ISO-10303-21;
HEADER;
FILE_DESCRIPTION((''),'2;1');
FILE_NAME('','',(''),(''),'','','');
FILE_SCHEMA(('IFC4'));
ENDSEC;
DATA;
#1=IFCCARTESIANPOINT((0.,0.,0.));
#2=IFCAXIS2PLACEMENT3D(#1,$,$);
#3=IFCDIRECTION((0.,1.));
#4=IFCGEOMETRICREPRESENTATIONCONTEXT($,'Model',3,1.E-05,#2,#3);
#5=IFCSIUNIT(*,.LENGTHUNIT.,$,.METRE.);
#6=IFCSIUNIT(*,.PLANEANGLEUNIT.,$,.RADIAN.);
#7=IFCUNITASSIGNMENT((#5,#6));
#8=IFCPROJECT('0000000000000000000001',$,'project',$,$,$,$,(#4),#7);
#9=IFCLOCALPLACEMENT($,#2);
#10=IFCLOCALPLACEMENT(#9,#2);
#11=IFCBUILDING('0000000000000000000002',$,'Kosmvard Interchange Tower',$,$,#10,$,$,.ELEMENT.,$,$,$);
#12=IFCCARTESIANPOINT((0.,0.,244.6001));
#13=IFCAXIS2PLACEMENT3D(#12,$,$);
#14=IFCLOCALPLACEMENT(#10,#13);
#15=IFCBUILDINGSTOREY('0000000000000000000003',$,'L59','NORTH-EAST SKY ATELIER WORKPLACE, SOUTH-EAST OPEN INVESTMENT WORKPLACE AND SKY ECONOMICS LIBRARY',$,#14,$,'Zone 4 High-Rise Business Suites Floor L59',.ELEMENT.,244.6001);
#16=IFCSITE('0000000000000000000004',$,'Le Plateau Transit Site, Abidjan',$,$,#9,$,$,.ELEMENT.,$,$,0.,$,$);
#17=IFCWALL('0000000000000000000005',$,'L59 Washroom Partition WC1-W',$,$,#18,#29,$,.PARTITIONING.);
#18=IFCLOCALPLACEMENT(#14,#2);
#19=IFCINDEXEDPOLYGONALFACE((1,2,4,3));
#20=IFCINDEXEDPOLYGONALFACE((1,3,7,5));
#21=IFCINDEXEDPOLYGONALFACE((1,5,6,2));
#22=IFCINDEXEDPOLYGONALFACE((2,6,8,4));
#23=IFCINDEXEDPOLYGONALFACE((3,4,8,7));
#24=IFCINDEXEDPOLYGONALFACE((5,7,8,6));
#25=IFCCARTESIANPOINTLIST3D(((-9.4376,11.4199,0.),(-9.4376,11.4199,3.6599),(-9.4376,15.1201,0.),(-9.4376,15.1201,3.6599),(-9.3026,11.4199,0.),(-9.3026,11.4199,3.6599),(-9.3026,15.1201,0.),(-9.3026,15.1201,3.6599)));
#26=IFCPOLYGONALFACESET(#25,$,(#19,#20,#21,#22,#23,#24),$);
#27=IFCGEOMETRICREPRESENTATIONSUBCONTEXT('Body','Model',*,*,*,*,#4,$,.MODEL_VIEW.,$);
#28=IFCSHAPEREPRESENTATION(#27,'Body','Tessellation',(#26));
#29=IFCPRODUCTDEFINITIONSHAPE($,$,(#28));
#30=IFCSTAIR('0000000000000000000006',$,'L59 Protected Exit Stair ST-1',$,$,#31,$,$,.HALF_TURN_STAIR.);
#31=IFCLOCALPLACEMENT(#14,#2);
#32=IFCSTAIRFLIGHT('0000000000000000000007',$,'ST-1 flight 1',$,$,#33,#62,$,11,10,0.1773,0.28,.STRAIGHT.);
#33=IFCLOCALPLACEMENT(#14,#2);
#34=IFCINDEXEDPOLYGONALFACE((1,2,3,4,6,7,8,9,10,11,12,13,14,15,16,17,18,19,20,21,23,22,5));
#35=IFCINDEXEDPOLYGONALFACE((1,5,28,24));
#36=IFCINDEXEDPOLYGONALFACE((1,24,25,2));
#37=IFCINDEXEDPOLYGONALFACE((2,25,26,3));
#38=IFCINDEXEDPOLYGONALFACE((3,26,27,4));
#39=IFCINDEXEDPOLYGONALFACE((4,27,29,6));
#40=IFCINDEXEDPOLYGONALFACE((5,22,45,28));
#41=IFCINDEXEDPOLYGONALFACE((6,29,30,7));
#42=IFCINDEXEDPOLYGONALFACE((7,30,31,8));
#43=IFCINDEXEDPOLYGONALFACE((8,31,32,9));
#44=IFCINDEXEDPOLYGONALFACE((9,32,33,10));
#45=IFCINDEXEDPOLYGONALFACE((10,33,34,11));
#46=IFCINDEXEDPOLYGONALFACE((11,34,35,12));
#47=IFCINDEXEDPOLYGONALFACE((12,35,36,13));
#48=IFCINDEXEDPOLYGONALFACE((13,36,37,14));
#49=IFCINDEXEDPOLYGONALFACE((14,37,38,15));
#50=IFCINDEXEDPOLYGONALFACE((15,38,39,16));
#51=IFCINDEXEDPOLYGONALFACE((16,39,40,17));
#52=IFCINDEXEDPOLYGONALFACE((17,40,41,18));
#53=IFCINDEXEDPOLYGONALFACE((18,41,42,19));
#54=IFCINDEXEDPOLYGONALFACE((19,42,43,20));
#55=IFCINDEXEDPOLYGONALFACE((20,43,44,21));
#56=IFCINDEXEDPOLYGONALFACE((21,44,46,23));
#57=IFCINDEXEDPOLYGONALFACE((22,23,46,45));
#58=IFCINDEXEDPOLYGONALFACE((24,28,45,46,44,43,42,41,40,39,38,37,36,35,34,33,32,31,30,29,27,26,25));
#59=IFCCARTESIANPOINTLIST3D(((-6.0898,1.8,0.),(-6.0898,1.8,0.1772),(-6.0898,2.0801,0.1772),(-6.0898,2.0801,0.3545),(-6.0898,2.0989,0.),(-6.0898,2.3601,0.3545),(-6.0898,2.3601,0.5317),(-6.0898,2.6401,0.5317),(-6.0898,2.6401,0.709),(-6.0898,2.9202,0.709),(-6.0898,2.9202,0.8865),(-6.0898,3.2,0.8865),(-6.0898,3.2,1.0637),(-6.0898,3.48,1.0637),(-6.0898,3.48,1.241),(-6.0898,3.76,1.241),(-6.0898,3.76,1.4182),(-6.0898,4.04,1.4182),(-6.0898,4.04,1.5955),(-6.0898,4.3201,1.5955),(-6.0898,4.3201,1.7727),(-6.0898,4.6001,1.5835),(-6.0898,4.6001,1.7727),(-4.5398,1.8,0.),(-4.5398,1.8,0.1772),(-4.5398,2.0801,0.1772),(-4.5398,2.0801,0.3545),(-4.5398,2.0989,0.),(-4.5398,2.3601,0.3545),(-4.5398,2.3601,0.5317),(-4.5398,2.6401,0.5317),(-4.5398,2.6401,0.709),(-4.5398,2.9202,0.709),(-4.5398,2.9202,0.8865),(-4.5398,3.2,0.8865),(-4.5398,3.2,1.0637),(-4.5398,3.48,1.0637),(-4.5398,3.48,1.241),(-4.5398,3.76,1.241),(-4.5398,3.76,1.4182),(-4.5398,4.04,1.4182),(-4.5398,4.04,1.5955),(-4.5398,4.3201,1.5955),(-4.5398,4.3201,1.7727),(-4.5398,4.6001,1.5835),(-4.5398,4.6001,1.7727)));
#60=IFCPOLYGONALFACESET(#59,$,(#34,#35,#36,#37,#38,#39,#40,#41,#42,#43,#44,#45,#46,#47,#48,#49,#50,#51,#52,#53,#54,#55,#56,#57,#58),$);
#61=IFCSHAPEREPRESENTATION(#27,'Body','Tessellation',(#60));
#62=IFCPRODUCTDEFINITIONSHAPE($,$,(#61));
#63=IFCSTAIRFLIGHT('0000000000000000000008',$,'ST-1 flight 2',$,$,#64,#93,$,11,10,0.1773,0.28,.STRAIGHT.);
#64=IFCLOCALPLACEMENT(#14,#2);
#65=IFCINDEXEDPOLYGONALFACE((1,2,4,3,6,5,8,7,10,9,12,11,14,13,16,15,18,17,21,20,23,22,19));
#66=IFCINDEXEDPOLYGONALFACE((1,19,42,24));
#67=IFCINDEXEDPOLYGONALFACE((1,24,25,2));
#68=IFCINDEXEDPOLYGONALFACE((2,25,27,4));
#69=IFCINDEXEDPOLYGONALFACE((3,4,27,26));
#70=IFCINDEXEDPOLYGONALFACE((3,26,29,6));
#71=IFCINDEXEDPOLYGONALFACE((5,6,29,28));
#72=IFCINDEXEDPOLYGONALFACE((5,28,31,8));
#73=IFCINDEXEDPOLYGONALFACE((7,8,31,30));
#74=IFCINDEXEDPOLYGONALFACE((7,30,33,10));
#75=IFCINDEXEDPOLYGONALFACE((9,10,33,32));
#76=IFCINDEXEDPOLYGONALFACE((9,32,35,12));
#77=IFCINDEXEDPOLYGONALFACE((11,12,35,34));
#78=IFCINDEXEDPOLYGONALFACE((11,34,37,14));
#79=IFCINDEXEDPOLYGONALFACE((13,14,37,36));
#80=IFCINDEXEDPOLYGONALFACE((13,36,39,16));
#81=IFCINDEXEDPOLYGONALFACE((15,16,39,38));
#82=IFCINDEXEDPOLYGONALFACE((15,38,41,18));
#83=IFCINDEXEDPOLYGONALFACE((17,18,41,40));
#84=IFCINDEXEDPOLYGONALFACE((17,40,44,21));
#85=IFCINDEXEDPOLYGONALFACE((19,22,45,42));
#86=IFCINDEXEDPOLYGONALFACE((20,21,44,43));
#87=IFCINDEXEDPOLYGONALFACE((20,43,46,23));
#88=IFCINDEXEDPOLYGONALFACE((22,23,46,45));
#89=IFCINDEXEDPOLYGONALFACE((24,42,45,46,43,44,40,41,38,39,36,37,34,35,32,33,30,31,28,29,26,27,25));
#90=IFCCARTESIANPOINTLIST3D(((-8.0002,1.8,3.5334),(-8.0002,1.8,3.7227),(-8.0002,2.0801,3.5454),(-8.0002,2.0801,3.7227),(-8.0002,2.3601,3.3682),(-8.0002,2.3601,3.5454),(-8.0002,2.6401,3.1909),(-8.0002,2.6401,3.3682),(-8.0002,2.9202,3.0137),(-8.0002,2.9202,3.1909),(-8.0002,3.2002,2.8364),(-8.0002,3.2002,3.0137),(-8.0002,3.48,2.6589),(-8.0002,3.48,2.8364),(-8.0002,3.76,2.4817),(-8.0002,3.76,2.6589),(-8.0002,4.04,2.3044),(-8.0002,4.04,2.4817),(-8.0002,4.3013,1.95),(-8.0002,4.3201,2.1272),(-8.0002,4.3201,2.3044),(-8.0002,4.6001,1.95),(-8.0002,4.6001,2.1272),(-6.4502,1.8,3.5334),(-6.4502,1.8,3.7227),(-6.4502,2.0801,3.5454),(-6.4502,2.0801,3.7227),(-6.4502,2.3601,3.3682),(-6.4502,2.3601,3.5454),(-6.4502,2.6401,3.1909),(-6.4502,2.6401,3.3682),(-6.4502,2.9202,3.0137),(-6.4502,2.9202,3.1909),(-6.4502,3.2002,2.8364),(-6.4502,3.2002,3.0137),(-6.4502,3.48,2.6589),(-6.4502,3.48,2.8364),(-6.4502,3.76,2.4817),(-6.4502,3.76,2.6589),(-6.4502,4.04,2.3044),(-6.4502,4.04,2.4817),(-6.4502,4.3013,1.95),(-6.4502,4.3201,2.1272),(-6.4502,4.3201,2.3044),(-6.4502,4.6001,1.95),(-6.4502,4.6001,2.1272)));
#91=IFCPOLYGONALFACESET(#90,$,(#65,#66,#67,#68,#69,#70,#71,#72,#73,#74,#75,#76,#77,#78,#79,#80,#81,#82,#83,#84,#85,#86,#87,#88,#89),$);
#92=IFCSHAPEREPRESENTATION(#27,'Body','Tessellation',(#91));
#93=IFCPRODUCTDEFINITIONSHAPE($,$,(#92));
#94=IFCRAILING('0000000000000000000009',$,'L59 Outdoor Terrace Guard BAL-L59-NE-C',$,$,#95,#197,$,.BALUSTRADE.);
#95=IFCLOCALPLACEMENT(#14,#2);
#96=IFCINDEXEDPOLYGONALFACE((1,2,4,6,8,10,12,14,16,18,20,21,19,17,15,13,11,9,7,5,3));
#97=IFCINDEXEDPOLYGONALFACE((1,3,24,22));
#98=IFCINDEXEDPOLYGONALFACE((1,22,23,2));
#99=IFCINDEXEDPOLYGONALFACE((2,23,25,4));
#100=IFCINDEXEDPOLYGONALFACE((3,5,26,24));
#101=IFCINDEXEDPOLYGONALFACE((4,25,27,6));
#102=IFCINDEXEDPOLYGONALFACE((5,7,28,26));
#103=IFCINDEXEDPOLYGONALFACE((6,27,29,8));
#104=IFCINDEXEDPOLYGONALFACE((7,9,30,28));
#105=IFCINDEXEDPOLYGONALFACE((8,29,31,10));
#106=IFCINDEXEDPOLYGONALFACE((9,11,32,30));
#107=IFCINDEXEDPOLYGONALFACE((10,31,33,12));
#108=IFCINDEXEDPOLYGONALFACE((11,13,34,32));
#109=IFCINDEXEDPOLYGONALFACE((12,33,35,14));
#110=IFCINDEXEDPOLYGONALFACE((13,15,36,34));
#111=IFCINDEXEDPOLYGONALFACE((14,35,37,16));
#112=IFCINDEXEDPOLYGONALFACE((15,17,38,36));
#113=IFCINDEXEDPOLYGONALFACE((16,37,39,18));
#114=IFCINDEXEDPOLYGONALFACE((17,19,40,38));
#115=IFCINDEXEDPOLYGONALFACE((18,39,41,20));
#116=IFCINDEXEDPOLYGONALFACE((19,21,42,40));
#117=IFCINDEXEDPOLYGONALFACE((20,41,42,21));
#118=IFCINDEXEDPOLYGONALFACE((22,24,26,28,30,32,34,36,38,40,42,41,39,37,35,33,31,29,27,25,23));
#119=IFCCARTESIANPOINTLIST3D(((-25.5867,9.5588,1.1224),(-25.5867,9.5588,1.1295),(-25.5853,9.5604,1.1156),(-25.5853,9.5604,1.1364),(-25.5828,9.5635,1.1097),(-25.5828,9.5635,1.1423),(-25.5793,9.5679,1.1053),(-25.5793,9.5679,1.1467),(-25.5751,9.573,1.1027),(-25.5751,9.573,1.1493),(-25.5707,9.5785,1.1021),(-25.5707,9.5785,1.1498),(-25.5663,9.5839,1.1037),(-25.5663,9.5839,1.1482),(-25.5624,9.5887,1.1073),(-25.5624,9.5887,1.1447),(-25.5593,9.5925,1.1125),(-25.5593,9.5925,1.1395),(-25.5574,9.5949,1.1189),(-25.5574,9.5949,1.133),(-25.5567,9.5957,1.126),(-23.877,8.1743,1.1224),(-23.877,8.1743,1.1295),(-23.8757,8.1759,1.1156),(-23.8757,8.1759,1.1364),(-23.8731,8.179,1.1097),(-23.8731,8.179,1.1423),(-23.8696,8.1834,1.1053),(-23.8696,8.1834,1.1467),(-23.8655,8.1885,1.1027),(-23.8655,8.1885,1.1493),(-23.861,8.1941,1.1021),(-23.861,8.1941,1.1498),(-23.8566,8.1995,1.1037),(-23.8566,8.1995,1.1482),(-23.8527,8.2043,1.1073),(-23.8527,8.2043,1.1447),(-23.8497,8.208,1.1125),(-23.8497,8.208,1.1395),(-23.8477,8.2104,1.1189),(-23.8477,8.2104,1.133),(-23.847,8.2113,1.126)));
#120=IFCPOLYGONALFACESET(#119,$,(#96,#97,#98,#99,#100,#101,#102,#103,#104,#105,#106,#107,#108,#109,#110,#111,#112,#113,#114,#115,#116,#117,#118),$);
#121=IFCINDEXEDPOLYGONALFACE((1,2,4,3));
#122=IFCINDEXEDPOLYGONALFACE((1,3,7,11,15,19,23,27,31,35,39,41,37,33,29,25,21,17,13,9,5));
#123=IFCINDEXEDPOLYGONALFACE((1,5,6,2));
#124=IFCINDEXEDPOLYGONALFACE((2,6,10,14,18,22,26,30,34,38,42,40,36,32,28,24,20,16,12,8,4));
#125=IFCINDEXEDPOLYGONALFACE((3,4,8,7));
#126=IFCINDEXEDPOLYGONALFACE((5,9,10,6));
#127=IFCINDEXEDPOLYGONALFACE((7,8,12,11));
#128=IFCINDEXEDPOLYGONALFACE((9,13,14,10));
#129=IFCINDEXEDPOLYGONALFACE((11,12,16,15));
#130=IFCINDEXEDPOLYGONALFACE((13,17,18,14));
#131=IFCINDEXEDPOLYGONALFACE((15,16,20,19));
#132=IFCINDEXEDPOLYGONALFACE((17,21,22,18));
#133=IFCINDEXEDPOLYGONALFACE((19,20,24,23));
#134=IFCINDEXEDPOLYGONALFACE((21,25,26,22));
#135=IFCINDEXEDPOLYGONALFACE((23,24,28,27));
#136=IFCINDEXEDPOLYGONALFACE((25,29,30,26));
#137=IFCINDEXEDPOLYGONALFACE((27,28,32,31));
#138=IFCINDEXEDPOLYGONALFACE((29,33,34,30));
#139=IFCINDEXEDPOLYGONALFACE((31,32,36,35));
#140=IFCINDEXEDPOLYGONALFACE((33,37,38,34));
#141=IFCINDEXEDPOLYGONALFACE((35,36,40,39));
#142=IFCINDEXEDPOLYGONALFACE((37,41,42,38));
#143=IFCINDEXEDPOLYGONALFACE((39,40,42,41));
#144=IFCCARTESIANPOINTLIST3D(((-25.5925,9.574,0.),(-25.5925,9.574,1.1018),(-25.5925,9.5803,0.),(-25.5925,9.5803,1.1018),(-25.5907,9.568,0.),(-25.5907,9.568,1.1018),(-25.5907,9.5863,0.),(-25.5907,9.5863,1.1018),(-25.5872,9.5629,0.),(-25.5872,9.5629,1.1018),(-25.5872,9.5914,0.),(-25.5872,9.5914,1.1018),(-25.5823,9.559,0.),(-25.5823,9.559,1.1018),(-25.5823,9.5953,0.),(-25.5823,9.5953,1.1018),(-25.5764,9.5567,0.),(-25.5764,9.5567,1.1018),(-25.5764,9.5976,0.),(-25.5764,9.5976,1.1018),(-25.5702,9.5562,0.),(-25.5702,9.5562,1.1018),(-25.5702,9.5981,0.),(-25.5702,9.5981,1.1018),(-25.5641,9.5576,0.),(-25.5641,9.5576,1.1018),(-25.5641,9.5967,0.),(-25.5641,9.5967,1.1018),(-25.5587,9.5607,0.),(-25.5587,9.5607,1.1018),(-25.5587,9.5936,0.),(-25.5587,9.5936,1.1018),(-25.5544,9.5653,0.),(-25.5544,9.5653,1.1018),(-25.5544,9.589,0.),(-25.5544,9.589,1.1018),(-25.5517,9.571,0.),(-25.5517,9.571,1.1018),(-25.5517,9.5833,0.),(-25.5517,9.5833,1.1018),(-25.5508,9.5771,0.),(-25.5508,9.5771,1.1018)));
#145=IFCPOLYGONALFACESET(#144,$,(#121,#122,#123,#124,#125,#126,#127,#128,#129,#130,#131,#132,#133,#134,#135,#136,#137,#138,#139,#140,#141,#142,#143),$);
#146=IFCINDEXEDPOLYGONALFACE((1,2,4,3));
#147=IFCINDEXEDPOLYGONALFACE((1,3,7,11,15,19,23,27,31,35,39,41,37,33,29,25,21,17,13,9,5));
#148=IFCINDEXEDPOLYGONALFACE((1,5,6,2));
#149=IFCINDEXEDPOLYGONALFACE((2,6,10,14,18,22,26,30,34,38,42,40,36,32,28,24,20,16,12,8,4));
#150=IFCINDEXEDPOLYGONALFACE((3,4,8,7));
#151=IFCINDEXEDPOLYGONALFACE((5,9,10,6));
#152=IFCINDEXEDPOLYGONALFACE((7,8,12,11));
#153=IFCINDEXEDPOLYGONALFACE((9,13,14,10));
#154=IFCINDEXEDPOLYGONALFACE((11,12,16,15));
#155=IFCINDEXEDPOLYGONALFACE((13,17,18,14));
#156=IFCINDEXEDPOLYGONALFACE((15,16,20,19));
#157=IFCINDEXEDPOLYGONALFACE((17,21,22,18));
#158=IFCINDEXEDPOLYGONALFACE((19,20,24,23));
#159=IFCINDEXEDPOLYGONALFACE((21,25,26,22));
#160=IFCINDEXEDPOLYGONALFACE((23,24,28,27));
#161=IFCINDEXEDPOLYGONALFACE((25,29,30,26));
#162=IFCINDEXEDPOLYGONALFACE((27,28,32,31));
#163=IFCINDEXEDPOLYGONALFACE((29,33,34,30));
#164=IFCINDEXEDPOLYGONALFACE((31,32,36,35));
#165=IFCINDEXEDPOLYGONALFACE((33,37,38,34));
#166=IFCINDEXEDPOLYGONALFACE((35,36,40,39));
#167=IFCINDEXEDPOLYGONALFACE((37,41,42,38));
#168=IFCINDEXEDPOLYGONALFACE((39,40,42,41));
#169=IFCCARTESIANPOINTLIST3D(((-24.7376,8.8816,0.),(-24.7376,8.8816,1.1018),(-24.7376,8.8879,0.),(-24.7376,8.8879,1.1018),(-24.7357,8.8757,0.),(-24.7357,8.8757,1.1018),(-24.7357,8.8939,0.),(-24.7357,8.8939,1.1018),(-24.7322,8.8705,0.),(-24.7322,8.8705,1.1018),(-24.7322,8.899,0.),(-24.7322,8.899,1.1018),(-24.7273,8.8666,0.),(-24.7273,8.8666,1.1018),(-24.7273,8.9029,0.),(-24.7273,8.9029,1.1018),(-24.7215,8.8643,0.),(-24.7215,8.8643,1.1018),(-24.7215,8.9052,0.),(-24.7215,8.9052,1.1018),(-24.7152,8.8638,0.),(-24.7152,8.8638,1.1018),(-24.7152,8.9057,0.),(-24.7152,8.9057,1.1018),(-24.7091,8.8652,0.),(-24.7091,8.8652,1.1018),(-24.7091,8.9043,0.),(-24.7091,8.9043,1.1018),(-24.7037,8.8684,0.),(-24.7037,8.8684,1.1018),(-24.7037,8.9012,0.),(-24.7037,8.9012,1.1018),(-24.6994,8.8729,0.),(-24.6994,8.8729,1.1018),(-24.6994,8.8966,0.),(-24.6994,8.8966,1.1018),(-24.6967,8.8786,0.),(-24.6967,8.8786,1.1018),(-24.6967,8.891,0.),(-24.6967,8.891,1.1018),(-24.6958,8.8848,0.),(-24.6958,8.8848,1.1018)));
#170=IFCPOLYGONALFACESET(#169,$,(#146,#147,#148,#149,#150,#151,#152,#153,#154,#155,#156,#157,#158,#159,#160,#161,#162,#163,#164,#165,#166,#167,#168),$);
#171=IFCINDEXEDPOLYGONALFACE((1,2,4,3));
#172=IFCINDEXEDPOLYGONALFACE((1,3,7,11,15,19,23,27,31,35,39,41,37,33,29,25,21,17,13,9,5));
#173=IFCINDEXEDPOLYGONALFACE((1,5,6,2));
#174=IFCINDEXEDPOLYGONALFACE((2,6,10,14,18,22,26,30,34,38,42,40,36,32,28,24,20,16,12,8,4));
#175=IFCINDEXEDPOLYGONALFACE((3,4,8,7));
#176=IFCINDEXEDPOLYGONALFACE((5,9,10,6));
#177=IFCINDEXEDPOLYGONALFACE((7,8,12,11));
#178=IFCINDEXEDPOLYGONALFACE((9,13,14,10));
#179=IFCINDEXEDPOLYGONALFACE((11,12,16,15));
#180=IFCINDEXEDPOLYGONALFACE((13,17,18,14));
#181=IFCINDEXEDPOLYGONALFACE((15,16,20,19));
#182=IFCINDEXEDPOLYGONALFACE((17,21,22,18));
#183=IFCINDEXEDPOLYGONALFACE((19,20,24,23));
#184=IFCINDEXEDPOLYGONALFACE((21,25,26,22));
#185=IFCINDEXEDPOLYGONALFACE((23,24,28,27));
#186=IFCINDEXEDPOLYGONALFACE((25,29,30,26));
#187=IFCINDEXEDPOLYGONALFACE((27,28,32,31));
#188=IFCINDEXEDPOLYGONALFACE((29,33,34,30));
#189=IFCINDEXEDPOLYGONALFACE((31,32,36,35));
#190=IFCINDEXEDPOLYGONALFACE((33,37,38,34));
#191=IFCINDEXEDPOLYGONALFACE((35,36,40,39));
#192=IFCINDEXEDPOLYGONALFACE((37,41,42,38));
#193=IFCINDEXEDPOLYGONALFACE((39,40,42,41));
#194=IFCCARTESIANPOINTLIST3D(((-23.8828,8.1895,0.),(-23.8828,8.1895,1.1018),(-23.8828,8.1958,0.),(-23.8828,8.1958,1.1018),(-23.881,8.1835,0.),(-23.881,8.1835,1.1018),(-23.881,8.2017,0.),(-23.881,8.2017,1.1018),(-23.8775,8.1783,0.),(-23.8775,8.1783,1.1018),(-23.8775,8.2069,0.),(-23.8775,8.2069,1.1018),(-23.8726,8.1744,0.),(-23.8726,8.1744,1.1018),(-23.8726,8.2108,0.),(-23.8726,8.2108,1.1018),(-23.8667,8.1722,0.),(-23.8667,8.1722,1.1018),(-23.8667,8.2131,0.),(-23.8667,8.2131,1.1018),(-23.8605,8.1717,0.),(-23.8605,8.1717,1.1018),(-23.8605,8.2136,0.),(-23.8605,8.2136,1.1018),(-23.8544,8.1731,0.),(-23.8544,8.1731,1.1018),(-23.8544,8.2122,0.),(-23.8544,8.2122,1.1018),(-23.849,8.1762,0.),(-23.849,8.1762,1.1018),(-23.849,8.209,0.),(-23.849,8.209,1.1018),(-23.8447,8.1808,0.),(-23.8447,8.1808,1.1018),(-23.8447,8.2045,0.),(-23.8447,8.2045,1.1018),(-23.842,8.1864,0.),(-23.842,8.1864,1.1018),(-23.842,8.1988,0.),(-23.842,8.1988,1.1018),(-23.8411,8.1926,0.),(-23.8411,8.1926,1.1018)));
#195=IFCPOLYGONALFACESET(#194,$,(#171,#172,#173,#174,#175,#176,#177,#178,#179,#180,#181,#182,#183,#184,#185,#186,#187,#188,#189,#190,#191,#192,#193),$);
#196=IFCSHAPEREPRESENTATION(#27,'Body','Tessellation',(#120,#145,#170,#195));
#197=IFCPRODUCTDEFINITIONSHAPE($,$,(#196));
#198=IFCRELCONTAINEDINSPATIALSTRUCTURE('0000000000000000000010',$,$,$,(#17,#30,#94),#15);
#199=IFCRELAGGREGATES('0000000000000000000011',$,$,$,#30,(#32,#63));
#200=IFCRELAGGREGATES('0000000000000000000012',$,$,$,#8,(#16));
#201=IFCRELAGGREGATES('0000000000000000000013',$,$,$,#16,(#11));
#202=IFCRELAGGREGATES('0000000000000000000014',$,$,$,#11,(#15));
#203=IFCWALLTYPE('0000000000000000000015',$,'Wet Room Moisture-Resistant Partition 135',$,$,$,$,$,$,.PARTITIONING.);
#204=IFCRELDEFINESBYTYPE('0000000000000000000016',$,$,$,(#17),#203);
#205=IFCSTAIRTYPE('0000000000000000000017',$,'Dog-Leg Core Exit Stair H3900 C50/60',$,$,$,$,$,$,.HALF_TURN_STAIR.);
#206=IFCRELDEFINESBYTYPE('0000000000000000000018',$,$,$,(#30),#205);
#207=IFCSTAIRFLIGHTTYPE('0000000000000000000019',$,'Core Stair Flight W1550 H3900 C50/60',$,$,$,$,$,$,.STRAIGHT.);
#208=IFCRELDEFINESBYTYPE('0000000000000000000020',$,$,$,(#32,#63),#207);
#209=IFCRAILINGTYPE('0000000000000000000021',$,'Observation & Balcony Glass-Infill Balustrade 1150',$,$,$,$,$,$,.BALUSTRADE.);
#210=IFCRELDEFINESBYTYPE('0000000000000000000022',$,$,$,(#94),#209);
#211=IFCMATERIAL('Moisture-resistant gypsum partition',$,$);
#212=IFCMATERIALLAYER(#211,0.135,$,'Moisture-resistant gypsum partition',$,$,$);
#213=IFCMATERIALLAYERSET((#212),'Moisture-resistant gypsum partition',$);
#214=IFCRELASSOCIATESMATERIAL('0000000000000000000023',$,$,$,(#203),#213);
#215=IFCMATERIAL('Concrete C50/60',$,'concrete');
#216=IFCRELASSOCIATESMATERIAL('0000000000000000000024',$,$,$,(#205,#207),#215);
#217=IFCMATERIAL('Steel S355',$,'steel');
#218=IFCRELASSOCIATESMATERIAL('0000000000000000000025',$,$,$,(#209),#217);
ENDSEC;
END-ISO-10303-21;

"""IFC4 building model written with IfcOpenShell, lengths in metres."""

from ifc_helpers import new_model, si_unit, direction, frame, frame_2d, origin, origin_2d, place, context, subcontext, project, spatial, polyline, rectangle, circle, outline, extrude, source, transform, mapped, material, layer, layer_set, type_object, element, aggregate, save


model = new_model("IFC4")

# Units and contexts
model_context = context("Model", 3, precision=1e-05, world=origin(), true_north=direction((0.0, 1.0)))
body_context = subcontext(model_context, "Body", "Model", "MODEL_VIEW")
ifc_project = project(units=[si_unit("LENGTHUNIT", "METRE"), si_unit("PLANEANGLEUNIT", "RADIAN")], contexts=[model_context])

# Site, building, storey
site_placement = place(None, origin())
site = spatial("IfcSite", under=ifc_project, at=site_placement, Name="Le Plateau Transit Site, Abidjan", CompositionType="ELEMENT", RefElevation=0.0)
building_placement = place(site_placement, origin())
building = spatial("IfcBuilding", under=site, at=building_placement, Name="Kosmvard Interchange Tower", CompositionType="ELEMENT")
storey_placement = place(building_placement, frame((0.0, 0.0, 244.6001)))
storey = spatial("IfcBuildingStorey", under=building, at=storey_placement, Name="L59", Description="NORTH-EAST SKY ATELIER WORKPLACE, SOUTH-EAST OPEN INVESTMENT WORKPLACE AND SKY ECONOMICS LIBRARY", LongName="Zone 4 High-Rise Business Suites Floor L59", CompositionType="ELEMENT", Elevation=244.6001)

# Shared definitions
ifc_material_1 = material(Name="Steel S355", Category="steel")

# Wall
ifc_material_2 = material(Name="Moisture-resistant gypsum partition")
ifc_layer_1 = layer(ifc_material_2, 0.135, Name="Moisture-resistant gypsum partition")
ifc_layer_set_1 = layer_set([ifc_layer_1], Name="Moisture-resistant gypsum partition")
wall_type_1 = type_object("IfcWallType", Name="Wet Room Moisture-Resistant Partition 135", PredefinedType="PARTITIONING", material=ifc_layer_set_1)
for number, where, z_axis, x_axis, name in (
    (1, (-9.3701, 11.4199, 0.0), (0.0, 0.0, 1.0), (0.0, 1.0, 0.0), "L59 Washroom Partition WC1-W"),
):
    element("IfcWall", number, at=place(storey_placement, frame(where, z_axis=z_axis, x_axis=x_axis)), inside=storey, type_object=wall_type_1, Name=name, PredefinedType="PARTITIONING", context=body_context, shape_type="SweptSolid", body=[
        extrude(rectangle(XDim=3.7002, YDim=0.135, at=frame_2d((1.8501, 0.0))), origin(), (0.0, 0.0, 1.0), 3.6599),
    ])

# Stair, stair flights
ifc_material_3 = material(Name="Concrete C50/60", Category="concrete")
stair_type = type_object("IfcStairType", Name="Dog-Leg Core Exit Stair H3900 C50/60", PredefinedType="HALF_TURN_STAIR", material=ifc_material_3)
stair_placement = place(storey_placement, origin())
stair = element("IfcStair", 2, at=stair_placement, inside=storey, type_object=stair_type, Name="L59 Protected Exit Stair ST-1", PredefinedType="HALF_TURN_STAIR")
stair_flight_type = type_object("IfcStairFlightType", Name="Core Stair Flight W1550 H3900 C50/60", PredefinedType="STRAIGHT", material=ifc_material_3)
shared_shape_1 = source(origin(), body_context, "Body", "SweptSolid", [
    extrude(outline(polyline([(0.0, 0.0), (0.0, 0.1772), (0.28, 0.1772), (0.28, 0.3545), (0.5601, 0.3545), (0.5601, 0.5317), (0.8401, 0.5317), (0.8401, 0.709), (1.1201, 0.709), (1.1201, 0.8865), (1.3999, 0.8865), (1.3999, 1.0637), (1.6799, 1.0637), (1.6799, 1.241), (1.96, 1.241), (1.96, 1.4182), (2.24, 1.4182), (2.24, 1.5955), (2.52, 1.5955), (2.52, 1.7727), (2.8, 1.7727), (2.8, 1.95), (2.8, 1.5835), (0.2988, 0.0), (0.0, 0.0)])), frame((0.0, 0.7749, 0.0), z_axis=(0.0, -1.0, 0.0), x_axis=(1.0, 0.0, 0.0)), (0.0, 0.0, 1.0), 1.55),
])
stair_flight_1_placement = place(storey_placement, frame((-5.3149, 1.8, 0.0), z_axis=(0.0, 0.0, 1.0), x_axis=(0.0, 1.0, 0.0)))
stair_flight_1 = element("IfcStairFlight", 3, at=stair_flight_1_placement, type_object=stair_flight_type, Name="ST-1 flight 1", NumberOfRisers=11, NumberOfTreads=10, PredefinedType="STRAIGHT", RiserHeight=0.1773, TreadLength=0.28, context=body_context, shape_type="MappedRepresentation", body=[
    mapped(shared_shape_1, transform((0.0, 0.0, 0.0), scale=1.0)),
])
stair_flight_2_placement = place(storey_placement, frame((-7.2251, 4.6001, 1.95), z_axis=(0.0, 0.0, 1.0), x_axis=(0.0, -1.0, 0.0)))
stair_flight_2 = element("IfcStairFlight", 4, at=stair_flight_2_placement, type_object=stair_flight_type, Name="ST-1 flight 2", NumberOfRisers=11, NumberOfTreads=10, PredefinedType="STRAIGHT", RiserHeight=0.1773, TreadLength=0.28, context=body_context, shape_type="MappedRepresentation", body=[
    mapped(shared_shape_1, transform((0.0, 0.0, 0.0), scale=1.0)),
])
aggregate(stair, [stair_flight_1, stair_flight_2])

# Railing
railing_type_1 = type_object("IfcRailingType", Name="Observation & Balcony Glass-Infill Balustrade 1150", PredefinedType="BALUSTRADE", material=ifc_material_1)
shared_shape_2 = source(origin(), body_context, "Body", "SweptSolid", [
    extrude(circle(Radius=0.0239, at=origin_2d()), frame((0.0, 0.0, 1.126), z_axis=(0.777141, -0.629326, 0.0), x_axis=(0.629326, 0.777141, 0.0)), (0.0, 0.0, 1.0), 2.2),
    extrude(circle(Radius=0.021, at=origin_2d()), origin(), (0.0, 0.0, 1.0), 1.1018),
    extrude(circle(Radius=0.021, at=origin_2d()), frame((0.855, -0.6924, 0.0)), (0.0, 0.0, 1.0), 1.1018),
    extrude(circle(Radius=0.021, at=origin_2d()), frame((1.7097, -1.3845, 0.0)), (0.0, 0.0, 1.0), 1.1018),
])
railing_1_placement = place(storey_placement, frame((-25.5718, 9.5771, 0.0)))
element("IfcRailing", 5, at=railing_1_placement, inside=storey, type_object=railing_type_1, Name="L59 Outdoor Terrace Guard BAL-L59-NE-C", PredefinedType="BALUSTRADE", context=body_context, shape_type="MappedRepresentation", body=[
    mapped(shared_shape_2, transform((0.0, 0.0, 0.0), scale=1.0)),
])

save(model, "model.ifc")
